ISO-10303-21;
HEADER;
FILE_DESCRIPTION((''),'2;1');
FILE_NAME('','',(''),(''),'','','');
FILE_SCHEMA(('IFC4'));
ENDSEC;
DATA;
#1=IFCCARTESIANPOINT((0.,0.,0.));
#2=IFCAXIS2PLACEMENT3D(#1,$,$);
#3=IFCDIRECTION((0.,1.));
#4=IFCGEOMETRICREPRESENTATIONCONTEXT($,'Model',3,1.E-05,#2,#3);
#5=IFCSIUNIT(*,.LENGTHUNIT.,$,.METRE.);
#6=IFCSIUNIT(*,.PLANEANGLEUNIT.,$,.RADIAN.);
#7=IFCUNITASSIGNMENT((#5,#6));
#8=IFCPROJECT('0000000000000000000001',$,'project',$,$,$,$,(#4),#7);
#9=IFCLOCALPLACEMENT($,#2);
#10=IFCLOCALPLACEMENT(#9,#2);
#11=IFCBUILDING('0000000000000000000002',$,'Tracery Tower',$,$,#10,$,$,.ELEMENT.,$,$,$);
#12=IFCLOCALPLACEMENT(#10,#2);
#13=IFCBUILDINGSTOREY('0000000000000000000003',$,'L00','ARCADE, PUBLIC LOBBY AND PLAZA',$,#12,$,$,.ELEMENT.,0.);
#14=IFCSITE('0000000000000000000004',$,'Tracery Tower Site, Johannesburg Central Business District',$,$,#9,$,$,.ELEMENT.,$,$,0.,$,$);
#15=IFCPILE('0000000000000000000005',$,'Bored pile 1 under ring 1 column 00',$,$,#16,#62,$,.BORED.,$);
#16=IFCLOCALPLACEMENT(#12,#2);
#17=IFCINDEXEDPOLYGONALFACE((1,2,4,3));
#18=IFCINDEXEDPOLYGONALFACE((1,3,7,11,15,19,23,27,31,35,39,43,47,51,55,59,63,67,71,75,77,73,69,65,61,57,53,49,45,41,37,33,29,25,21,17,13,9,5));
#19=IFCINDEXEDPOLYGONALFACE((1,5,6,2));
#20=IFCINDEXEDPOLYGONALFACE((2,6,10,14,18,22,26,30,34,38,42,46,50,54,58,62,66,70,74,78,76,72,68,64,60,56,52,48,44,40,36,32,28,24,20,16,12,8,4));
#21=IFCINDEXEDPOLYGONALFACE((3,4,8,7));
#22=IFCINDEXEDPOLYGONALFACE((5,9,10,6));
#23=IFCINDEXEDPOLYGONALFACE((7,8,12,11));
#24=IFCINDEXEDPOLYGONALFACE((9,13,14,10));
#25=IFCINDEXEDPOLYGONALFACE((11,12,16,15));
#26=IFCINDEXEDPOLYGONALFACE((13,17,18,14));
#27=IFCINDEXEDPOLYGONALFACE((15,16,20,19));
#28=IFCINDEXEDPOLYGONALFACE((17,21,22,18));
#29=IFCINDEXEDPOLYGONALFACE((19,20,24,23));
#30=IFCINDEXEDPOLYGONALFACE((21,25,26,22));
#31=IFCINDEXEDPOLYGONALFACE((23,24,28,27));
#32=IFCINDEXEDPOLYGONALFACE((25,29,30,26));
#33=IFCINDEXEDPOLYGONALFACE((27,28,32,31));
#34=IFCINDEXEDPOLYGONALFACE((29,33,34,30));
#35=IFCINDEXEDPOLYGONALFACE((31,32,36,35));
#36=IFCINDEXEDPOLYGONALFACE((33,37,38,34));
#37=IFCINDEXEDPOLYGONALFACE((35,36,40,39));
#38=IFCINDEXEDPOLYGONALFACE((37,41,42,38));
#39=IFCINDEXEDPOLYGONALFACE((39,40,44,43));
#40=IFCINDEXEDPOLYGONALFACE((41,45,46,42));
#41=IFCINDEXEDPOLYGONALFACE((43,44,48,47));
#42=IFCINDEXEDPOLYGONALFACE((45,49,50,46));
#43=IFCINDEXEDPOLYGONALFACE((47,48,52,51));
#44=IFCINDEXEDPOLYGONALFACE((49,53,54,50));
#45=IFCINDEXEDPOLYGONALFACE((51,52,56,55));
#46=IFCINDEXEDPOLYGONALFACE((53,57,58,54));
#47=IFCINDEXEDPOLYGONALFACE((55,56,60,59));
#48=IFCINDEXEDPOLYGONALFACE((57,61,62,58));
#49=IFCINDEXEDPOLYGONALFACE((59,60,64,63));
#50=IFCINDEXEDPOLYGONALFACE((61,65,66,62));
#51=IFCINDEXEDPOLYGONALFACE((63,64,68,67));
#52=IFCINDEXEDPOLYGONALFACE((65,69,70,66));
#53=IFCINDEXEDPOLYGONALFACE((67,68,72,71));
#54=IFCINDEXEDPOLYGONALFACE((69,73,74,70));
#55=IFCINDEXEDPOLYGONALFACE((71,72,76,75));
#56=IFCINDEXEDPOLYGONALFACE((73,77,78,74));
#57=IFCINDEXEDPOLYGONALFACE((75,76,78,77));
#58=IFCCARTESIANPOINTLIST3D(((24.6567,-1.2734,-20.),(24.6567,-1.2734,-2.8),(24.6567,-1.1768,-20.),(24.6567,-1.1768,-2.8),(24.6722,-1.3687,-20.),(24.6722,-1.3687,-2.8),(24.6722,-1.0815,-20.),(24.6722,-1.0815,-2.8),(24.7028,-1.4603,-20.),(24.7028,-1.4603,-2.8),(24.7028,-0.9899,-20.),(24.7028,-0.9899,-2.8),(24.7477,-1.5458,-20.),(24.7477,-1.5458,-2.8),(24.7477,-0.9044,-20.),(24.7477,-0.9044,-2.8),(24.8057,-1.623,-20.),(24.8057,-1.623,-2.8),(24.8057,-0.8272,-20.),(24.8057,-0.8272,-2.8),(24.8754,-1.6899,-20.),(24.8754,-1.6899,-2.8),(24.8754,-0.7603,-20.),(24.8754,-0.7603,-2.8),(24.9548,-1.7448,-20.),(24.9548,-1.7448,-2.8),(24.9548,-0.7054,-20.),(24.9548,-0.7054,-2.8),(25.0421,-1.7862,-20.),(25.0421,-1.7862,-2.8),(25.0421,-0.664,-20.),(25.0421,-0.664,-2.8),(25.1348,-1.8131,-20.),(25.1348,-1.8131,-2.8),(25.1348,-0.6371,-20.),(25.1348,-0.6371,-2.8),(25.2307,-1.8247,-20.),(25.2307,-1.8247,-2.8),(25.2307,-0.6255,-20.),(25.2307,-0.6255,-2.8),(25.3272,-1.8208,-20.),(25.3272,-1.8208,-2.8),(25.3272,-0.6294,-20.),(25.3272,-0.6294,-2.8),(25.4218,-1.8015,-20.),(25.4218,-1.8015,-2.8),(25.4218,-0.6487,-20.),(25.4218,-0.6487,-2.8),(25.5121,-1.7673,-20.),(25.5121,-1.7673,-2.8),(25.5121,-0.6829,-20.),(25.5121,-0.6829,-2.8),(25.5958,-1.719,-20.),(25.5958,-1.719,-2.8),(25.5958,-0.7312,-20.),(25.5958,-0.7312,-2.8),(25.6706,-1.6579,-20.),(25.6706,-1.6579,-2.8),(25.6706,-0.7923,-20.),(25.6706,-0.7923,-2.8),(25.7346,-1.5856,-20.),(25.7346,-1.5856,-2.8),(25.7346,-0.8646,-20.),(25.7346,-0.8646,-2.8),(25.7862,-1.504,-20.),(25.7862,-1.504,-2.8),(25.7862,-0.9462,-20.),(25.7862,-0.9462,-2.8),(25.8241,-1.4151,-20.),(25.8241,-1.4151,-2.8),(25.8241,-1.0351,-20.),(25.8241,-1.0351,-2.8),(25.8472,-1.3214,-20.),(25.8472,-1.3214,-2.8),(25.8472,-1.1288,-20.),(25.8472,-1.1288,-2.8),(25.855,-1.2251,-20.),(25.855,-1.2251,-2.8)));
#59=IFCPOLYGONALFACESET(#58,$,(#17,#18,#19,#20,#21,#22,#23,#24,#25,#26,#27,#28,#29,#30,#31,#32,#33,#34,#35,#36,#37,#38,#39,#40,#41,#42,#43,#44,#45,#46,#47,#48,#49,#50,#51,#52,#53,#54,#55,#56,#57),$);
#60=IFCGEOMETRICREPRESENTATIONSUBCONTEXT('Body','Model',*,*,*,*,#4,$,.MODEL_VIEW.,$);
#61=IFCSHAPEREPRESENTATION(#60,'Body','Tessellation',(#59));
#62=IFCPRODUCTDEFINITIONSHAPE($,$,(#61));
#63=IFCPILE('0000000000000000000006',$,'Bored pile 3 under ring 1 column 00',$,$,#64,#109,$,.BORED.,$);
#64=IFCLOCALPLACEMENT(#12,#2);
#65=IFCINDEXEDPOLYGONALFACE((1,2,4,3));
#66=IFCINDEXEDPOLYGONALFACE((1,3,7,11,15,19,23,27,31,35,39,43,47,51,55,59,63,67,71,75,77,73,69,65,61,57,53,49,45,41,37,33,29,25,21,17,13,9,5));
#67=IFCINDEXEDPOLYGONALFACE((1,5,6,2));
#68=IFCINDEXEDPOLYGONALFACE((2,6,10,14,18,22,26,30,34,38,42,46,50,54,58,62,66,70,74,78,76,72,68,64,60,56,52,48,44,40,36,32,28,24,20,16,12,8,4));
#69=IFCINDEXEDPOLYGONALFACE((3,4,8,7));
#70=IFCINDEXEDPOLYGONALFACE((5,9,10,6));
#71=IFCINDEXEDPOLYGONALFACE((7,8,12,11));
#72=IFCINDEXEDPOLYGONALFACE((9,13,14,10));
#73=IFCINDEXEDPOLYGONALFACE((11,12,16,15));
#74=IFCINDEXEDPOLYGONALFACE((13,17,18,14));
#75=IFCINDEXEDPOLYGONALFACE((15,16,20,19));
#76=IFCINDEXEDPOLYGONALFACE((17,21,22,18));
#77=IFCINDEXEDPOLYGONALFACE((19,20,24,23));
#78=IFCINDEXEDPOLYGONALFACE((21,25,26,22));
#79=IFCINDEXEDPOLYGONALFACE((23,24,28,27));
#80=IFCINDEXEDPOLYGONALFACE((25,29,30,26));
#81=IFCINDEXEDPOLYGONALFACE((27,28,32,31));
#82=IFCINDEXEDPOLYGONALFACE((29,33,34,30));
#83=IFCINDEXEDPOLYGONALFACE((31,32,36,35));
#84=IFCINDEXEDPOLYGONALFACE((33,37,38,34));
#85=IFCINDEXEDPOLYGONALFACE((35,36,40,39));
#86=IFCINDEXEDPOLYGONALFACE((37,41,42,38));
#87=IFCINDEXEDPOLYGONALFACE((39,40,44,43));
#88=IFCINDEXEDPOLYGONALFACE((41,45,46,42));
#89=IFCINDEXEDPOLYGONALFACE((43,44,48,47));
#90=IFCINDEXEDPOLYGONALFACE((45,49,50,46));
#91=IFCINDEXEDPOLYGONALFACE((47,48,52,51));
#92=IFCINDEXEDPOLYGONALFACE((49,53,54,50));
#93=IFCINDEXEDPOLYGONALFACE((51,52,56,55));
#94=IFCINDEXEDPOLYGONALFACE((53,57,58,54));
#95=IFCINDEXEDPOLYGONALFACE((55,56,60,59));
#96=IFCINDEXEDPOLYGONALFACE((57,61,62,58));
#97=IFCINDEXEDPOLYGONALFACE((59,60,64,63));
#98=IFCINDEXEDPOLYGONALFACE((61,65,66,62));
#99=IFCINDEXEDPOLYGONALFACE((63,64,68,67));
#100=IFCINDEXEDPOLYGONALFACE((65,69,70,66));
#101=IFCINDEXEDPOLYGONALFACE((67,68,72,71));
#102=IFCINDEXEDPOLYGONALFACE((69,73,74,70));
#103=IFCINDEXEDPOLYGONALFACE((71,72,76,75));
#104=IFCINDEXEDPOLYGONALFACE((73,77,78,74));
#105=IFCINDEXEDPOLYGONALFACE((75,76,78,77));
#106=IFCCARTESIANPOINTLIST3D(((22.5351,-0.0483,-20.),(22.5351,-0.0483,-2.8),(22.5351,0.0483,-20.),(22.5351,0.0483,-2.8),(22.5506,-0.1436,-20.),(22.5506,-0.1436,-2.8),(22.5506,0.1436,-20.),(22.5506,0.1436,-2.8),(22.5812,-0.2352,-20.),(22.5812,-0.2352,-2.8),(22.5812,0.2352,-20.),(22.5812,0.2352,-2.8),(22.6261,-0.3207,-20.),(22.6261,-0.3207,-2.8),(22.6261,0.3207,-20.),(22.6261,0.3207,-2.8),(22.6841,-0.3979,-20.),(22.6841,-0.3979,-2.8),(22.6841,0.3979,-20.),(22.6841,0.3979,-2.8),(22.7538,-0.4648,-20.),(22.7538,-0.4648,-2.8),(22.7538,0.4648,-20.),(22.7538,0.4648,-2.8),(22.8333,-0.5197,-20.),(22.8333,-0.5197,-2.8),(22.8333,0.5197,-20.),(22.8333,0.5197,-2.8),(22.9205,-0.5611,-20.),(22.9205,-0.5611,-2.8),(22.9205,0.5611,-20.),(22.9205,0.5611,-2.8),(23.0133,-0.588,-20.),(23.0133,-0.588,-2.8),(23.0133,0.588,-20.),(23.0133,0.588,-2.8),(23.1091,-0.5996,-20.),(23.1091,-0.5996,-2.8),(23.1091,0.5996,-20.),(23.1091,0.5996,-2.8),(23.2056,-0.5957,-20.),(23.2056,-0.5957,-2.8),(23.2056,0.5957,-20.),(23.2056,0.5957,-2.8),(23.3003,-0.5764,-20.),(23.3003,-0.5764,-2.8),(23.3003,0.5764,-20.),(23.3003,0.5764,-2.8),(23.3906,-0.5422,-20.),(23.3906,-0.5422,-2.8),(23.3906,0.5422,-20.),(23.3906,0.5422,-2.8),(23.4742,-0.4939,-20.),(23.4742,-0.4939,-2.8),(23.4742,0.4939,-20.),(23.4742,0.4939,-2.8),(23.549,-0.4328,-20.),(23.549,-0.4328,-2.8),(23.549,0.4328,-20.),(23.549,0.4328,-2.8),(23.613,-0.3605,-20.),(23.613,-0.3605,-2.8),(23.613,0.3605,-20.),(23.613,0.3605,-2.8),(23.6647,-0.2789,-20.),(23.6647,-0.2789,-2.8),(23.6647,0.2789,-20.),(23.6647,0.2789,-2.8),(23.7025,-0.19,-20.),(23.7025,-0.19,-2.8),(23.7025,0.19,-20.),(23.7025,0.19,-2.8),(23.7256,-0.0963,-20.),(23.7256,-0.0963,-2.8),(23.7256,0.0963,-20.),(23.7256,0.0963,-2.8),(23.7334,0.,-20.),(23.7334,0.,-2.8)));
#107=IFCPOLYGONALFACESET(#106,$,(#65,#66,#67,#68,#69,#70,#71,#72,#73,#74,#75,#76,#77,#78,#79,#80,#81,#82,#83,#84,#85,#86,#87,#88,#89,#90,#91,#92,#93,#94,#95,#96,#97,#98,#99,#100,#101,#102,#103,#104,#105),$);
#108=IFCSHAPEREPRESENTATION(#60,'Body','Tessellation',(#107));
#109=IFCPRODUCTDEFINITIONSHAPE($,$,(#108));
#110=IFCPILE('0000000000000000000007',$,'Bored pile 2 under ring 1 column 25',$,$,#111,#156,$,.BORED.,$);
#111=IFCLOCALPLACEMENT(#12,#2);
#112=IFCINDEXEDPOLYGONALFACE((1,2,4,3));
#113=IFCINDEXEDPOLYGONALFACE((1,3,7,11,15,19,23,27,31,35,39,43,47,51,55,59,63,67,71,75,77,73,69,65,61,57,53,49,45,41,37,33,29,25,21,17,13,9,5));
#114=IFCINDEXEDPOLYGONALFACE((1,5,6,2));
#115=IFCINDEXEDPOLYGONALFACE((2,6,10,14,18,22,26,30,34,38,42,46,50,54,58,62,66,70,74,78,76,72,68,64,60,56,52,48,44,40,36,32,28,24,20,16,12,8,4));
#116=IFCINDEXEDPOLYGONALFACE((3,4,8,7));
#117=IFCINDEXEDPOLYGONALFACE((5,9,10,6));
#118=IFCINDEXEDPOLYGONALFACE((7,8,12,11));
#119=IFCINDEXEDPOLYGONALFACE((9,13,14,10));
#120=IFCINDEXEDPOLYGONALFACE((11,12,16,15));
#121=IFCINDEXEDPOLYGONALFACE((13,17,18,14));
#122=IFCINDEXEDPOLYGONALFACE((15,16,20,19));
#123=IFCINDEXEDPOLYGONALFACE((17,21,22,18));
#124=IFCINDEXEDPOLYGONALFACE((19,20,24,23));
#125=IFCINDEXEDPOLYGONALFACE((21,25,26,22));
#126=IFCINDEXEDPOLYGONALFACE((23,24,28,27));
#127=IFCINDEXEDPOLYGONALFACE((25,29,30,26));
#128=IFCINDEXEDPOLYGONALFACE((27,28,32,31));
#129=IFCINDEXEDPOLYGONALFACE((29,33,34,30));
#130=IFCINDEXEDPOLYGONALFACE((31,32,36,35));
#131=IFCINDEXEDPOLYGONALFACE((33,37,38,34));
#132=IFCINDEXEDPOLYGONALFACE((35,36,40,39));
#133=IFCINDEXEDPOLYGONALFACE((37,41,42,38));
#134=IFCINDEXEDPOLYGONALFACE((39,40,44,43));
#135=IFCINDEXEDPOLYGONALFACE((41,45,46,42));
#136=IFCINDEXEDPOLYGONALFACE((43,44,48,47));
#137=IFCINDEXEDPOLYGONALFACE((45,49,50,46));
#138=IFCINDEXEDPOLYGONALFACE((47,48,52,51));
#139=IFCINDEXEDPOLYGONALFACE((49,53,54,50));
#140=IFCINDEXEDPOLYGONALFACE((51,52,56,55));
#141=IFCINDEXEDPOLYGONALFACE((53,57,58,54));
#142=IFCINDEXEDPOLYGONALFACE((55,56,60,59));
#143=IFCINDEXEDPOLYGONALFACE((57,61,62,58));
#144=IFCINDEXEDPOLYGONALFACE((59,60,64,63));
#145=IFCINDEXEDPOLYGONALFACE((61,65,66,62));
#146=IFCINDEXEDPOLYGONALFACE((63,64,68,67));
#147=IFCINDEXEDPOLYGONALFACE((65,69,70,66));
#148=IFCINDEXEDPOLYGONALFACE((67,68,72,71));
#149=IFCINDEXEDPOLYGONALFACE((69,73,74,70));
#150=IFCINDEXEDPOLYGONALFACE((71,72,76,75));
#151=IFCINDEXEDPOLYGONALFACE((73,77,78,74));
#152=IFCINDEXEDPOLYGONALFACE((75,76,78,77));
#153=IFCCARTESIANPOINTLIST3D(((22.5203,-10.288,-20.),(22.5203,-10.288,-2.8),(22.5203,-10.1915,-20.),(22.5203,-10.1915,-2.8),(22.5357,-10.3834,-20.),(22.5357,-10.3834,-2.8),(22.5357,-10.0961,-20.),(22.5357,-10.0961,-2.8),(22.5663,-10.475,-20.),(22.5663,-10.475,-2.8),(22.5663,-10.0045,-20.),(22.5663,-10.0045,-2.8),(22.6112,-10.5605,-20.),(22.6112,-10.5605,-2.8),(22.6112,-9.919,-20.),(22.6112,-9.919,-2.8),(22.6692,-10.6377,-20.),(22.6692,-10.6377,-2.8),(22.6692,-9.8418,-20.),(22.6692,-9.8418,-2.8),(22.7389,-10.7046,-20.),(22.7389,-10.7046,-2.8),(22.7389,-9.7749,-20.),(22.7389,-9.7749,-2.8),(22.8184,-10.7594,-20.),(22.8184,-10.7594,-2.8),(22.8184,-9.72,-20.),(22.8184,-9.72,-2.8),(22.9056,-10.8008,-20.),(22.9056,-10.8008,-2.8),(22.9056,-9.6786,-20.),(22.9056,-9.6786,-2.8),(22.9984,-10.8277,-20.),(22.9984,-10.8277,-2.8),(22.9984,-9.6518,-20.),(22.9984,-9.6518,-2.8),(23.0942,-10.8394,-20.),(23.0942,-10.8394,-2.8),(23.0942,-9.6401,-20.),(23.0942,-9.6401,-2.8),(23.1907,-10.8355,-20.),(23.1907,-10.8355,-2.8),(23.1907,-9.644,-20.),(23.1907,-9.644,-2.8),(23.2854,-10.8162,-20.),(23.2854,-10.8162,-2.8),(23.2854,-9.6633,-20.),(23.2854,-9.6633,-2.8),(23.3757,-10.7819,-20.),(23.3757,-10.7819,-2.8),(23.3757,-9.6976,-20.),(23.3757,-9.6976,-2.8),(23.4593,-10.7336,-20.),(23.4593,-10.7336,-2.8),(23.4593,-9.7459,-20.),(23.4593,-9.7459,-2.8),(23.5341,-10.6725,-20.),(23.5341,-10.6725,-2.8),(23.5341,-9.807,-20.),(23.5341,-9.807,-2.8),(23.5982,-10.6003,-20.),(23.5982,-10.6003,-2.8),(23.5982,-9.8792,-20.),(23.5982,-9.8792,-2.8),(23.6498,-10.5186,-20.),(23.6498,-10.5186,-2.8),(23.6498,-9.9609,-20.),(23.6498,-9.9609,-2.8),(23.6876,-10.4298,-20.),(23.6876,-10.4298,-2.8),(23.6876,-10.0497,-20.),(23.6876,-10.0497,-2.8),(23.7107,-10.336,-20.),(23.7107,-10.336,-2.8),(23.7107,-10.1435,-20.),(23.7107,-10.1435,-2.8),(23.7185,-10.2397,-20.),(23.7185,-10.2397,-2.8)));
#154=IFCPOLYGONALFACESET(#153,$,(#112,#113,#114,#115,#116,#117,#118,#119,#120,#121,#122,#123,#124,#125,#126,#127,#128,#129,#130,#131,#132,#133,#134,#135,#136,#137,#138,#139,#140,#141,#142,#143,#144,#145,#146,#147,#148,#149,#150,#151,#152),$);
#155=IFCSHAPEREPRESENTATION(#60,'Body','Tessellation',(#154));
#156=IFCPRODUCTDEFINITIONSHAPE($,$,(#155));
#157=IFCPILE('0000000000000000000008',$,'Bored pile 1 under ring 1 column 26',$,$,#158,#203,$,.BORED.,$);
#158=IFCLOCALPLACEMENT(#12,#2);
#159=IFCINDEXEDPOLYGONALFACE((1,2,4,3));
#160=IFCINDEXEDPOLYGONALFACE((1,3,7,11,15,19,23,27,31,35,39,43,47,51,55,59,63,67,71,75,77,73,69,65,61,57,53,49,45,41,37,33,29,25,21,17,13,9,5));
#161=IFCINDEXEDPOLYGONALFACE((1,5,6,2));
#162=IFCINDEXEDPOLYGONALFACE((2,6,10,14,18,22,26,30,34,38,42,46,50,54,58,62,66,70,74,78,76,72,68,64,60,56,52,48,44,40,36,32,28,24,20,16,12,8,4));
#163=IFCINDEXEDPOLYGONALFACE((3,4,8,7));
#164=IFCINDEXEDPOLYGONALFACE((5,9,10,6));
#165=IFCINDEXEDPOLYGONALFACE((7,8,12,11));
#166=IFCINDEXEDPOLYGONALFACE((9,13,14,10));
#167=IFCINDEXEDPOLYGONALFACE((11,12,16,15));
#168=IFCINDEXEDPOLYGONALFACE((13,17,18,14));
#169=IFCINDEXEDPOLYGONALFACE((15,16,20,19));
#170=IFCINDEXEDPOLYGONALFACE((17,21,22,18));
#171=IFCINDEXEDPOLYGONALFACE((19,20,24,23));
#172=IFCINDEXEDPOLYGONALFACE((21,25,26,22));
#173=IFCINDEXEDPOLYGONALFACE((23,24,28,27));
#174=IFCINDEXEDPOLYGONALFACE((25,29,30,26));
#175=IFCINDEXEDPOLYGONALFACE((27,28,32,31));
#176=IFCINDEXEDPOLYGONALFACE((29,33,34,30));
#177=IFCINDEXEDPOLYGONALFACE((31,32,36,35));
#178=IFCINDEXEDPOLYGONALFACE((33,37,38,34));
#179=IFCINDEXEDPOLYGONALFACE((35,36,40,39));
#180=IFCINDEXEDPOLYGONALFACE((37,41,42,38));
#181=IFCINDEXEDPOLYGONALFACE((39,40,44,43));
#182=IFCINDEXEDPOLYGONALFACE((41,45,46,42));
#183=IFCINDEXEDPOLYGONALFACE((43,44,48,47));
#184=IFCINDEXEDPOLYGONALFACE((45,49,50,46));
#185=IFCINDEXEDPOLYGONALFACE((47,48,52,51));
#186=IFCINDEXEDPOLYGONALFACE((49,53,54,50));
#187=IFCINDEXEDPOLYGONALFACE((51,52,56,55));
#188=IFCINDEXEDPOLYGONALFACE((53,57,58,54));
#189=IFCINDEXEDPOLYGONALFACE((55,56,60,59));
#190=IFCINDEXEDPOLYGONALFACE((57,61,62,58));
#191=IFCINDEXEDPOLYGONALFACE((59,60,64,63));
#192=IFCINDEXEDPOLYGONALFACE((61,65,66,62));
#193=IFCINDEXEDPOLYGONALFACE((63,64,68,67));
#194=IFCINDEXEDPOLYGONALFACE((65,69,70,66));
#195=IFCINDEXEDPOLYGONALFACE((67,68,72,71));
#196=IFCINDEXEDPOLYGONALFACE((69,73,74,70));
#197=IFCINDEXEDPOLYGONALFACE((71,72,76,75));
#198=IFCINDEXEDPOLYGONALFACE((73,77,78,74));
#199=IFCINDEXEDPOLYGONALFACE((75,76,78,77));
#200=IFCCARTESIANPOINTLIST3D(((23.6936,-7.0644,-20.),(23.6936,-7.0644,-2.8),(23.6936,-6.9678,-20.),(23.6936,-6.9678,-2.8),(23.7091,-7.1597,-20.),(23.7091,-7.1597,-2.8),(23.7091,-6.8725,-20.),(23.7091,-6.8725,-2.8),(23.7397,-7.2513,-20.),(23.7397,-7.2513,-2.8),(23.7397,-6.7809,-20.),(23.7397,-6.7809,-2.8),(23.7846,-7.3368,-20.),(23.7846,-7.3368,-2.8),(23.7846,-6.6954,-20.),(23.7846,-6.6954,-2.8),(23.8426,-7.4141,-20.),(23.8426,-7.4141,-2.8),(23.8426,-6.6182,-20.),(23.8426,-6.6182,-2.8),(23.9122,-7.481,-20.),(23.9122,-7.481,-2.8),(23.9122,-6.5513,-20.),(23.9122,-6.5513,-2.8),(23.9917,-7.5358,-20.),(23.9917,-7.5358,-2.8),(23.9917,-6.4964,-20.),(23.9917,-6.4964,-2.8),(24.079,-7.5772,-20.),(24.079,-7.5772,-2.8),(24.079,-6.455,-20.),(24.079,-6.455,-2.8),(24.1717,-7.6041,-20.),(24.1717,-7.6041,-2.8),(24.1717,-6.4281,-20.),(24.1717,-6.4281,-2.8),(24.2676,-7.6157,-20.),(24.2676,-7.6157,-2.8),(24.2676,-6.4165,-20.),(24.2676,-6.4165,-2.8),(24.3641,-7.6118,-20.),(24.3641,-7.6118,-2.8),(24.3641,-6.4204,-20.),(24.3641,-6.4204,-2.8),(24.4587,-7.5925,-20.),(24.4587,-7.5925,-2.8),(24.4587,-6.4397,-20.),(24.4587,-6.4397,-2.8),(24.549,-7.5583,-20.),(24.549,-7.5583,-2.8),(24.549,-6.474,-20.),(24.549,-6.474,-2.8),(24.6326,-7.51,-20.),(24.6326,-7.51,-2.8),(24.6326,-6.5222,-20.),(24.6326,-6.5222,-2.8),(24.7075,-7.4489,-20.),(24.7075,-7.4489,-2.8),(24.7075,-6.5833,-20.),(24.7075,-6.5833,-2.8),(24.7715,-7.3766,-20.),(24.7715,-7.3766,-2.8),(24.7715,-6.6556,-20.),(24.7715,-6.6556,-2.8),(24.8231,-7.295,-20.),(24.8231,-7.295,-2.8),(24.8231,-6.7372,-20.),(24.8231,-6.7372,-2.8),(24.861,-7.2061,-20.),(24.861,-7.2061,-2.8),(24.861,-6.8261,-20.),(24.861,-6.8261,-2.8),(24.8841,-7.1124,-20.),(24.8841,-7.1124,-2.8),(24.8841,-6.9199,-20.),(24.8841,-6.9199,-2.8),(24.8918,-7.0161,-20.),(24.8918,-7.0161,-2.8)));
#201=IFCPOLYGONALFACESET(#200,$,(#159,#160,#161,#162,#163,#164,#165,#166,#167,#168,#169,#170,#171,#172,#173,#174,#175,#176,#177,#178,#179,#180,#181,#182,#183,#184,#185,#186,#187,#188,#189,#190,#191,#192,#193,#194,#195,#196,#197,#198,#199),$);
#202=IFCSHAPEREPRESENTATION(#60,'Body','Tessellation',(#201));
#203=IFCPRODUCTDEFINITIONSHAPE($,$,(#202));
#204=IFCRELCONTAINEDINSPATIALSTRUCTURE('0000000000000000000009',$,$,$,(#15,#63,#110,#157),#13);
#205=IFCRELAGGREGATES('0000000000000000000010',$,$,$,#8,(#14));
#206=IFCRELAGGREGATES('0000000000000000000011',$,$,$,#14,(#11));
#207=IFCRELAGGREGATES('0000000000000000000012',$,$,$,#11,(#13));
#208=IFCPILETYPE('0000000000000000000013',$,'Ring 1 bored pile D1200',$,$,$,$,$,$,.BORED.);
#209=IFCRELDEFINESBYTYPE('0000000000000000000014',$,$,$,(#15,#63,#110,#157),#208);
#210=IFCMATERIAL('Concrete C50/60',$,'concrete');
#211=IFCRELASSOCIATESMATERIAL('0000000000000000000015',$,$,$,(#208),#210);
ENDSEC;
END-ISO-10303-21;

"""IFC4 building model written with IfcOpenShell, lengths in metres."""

from ifc_helpers import new_model, si_unit, direction, frame, origin, origin_2d, place, context, subcontext, project, spatial, circle, extrude, material, material_profile, profile_set, type_object, element, save


model = new_model("IFC4")

# Units and contexts
model_context = context("Model", 3, precision=1e-05, world=origin(), true_north=direction((0.0, 1.0)))
body_context = subcontext(model_context, "Body", "Model", "MODEL_VIEW")
ifc_project = project(units=[si_unit("LENGTHUNIT", "METRE"), si_unit("PLANEANGLEUNIT", "RADIAN")], contexts=[model_context])

# Site, building, storey
site_placement = place(None, origin())
site = spatial("IfcSite", under=ifc_project, at=site_placement, Name="Tracery Tower Site, Johannesburg Central Business District", CompositionType="ELEMENT", RefElevation=0.0)
building_placement = place(site_placement, origin())
building = spatial("IfcBuilding", under=site, at=building_placement, Name="Tracery Tower", CompositionType="ELEMENT")
storey_placement = place(building_placement, origin())
storey = spatial("IfcBuildingStorey", under=building, at=storey_placement, Name="L00", Description="ARCADE, PUBLIC LOBBY AND PLAZA", CompositionType="ELEMENT", Elevation=0.0)

# Piles
ifc_material_1 = material(Name="Concrete C50/60", Category="concrete")
ifc_material_profile_1 = material_profile(ifc_material_1, circle(Radius=0.6001, at=origin_2d()), Name="RC D1200")
ifc_profile_set_1 = profile_set([ifc_material_profile_1], Name="Concrete C50/60")
pile_type_1 = type_object("IfcPileType", Name="Ring 1 bored pile D1200", PredefinedType="BORED", material=ifc_profile_set_1)
for number, where, z_axis, x_axis, name in (
    (1, (25.2549, -1.2251, -2.8), (0.0, 0.0, -1.0), (1.0, 0.0, 0.0), "Bored pile 1 under ring 1 column 00"),
    (2, (23.1333, 0.0, -2.8), (0.0, 0.0, -1.0), (1.0, 0.0, 0.0), "Bored pile 3 under ring 1 column 00"),
    (3, (23.1184, -10.2397, -2.8), (0.0, 0.0, -1.0), (1.0, 0.0, 0.0), "Bored pile 2 under ring 1 column 25"),
    (4, (24.2917, -7.0161, -2.8), (0.0, 0.0, -1.0), (1.0, 0.0, 0.0), "Bored pile 1 under ring 1 column 26"),
):
    element("IfcPile", number, at=place(storey_placement, frame(where, z_axis=z_axis, x_axis=x_axis)), inside=storey, type_object=pile_type_1, Name=name, PredefinedType="BORED", context=body_context, shape_type="SweptSolid", body=[
        extrude(circle(Radius=0.6001, at=origin_2d()), origin(), (0.0, 0.0, 1.0), 17.2),
    ])

save(model, "model.ifc")
